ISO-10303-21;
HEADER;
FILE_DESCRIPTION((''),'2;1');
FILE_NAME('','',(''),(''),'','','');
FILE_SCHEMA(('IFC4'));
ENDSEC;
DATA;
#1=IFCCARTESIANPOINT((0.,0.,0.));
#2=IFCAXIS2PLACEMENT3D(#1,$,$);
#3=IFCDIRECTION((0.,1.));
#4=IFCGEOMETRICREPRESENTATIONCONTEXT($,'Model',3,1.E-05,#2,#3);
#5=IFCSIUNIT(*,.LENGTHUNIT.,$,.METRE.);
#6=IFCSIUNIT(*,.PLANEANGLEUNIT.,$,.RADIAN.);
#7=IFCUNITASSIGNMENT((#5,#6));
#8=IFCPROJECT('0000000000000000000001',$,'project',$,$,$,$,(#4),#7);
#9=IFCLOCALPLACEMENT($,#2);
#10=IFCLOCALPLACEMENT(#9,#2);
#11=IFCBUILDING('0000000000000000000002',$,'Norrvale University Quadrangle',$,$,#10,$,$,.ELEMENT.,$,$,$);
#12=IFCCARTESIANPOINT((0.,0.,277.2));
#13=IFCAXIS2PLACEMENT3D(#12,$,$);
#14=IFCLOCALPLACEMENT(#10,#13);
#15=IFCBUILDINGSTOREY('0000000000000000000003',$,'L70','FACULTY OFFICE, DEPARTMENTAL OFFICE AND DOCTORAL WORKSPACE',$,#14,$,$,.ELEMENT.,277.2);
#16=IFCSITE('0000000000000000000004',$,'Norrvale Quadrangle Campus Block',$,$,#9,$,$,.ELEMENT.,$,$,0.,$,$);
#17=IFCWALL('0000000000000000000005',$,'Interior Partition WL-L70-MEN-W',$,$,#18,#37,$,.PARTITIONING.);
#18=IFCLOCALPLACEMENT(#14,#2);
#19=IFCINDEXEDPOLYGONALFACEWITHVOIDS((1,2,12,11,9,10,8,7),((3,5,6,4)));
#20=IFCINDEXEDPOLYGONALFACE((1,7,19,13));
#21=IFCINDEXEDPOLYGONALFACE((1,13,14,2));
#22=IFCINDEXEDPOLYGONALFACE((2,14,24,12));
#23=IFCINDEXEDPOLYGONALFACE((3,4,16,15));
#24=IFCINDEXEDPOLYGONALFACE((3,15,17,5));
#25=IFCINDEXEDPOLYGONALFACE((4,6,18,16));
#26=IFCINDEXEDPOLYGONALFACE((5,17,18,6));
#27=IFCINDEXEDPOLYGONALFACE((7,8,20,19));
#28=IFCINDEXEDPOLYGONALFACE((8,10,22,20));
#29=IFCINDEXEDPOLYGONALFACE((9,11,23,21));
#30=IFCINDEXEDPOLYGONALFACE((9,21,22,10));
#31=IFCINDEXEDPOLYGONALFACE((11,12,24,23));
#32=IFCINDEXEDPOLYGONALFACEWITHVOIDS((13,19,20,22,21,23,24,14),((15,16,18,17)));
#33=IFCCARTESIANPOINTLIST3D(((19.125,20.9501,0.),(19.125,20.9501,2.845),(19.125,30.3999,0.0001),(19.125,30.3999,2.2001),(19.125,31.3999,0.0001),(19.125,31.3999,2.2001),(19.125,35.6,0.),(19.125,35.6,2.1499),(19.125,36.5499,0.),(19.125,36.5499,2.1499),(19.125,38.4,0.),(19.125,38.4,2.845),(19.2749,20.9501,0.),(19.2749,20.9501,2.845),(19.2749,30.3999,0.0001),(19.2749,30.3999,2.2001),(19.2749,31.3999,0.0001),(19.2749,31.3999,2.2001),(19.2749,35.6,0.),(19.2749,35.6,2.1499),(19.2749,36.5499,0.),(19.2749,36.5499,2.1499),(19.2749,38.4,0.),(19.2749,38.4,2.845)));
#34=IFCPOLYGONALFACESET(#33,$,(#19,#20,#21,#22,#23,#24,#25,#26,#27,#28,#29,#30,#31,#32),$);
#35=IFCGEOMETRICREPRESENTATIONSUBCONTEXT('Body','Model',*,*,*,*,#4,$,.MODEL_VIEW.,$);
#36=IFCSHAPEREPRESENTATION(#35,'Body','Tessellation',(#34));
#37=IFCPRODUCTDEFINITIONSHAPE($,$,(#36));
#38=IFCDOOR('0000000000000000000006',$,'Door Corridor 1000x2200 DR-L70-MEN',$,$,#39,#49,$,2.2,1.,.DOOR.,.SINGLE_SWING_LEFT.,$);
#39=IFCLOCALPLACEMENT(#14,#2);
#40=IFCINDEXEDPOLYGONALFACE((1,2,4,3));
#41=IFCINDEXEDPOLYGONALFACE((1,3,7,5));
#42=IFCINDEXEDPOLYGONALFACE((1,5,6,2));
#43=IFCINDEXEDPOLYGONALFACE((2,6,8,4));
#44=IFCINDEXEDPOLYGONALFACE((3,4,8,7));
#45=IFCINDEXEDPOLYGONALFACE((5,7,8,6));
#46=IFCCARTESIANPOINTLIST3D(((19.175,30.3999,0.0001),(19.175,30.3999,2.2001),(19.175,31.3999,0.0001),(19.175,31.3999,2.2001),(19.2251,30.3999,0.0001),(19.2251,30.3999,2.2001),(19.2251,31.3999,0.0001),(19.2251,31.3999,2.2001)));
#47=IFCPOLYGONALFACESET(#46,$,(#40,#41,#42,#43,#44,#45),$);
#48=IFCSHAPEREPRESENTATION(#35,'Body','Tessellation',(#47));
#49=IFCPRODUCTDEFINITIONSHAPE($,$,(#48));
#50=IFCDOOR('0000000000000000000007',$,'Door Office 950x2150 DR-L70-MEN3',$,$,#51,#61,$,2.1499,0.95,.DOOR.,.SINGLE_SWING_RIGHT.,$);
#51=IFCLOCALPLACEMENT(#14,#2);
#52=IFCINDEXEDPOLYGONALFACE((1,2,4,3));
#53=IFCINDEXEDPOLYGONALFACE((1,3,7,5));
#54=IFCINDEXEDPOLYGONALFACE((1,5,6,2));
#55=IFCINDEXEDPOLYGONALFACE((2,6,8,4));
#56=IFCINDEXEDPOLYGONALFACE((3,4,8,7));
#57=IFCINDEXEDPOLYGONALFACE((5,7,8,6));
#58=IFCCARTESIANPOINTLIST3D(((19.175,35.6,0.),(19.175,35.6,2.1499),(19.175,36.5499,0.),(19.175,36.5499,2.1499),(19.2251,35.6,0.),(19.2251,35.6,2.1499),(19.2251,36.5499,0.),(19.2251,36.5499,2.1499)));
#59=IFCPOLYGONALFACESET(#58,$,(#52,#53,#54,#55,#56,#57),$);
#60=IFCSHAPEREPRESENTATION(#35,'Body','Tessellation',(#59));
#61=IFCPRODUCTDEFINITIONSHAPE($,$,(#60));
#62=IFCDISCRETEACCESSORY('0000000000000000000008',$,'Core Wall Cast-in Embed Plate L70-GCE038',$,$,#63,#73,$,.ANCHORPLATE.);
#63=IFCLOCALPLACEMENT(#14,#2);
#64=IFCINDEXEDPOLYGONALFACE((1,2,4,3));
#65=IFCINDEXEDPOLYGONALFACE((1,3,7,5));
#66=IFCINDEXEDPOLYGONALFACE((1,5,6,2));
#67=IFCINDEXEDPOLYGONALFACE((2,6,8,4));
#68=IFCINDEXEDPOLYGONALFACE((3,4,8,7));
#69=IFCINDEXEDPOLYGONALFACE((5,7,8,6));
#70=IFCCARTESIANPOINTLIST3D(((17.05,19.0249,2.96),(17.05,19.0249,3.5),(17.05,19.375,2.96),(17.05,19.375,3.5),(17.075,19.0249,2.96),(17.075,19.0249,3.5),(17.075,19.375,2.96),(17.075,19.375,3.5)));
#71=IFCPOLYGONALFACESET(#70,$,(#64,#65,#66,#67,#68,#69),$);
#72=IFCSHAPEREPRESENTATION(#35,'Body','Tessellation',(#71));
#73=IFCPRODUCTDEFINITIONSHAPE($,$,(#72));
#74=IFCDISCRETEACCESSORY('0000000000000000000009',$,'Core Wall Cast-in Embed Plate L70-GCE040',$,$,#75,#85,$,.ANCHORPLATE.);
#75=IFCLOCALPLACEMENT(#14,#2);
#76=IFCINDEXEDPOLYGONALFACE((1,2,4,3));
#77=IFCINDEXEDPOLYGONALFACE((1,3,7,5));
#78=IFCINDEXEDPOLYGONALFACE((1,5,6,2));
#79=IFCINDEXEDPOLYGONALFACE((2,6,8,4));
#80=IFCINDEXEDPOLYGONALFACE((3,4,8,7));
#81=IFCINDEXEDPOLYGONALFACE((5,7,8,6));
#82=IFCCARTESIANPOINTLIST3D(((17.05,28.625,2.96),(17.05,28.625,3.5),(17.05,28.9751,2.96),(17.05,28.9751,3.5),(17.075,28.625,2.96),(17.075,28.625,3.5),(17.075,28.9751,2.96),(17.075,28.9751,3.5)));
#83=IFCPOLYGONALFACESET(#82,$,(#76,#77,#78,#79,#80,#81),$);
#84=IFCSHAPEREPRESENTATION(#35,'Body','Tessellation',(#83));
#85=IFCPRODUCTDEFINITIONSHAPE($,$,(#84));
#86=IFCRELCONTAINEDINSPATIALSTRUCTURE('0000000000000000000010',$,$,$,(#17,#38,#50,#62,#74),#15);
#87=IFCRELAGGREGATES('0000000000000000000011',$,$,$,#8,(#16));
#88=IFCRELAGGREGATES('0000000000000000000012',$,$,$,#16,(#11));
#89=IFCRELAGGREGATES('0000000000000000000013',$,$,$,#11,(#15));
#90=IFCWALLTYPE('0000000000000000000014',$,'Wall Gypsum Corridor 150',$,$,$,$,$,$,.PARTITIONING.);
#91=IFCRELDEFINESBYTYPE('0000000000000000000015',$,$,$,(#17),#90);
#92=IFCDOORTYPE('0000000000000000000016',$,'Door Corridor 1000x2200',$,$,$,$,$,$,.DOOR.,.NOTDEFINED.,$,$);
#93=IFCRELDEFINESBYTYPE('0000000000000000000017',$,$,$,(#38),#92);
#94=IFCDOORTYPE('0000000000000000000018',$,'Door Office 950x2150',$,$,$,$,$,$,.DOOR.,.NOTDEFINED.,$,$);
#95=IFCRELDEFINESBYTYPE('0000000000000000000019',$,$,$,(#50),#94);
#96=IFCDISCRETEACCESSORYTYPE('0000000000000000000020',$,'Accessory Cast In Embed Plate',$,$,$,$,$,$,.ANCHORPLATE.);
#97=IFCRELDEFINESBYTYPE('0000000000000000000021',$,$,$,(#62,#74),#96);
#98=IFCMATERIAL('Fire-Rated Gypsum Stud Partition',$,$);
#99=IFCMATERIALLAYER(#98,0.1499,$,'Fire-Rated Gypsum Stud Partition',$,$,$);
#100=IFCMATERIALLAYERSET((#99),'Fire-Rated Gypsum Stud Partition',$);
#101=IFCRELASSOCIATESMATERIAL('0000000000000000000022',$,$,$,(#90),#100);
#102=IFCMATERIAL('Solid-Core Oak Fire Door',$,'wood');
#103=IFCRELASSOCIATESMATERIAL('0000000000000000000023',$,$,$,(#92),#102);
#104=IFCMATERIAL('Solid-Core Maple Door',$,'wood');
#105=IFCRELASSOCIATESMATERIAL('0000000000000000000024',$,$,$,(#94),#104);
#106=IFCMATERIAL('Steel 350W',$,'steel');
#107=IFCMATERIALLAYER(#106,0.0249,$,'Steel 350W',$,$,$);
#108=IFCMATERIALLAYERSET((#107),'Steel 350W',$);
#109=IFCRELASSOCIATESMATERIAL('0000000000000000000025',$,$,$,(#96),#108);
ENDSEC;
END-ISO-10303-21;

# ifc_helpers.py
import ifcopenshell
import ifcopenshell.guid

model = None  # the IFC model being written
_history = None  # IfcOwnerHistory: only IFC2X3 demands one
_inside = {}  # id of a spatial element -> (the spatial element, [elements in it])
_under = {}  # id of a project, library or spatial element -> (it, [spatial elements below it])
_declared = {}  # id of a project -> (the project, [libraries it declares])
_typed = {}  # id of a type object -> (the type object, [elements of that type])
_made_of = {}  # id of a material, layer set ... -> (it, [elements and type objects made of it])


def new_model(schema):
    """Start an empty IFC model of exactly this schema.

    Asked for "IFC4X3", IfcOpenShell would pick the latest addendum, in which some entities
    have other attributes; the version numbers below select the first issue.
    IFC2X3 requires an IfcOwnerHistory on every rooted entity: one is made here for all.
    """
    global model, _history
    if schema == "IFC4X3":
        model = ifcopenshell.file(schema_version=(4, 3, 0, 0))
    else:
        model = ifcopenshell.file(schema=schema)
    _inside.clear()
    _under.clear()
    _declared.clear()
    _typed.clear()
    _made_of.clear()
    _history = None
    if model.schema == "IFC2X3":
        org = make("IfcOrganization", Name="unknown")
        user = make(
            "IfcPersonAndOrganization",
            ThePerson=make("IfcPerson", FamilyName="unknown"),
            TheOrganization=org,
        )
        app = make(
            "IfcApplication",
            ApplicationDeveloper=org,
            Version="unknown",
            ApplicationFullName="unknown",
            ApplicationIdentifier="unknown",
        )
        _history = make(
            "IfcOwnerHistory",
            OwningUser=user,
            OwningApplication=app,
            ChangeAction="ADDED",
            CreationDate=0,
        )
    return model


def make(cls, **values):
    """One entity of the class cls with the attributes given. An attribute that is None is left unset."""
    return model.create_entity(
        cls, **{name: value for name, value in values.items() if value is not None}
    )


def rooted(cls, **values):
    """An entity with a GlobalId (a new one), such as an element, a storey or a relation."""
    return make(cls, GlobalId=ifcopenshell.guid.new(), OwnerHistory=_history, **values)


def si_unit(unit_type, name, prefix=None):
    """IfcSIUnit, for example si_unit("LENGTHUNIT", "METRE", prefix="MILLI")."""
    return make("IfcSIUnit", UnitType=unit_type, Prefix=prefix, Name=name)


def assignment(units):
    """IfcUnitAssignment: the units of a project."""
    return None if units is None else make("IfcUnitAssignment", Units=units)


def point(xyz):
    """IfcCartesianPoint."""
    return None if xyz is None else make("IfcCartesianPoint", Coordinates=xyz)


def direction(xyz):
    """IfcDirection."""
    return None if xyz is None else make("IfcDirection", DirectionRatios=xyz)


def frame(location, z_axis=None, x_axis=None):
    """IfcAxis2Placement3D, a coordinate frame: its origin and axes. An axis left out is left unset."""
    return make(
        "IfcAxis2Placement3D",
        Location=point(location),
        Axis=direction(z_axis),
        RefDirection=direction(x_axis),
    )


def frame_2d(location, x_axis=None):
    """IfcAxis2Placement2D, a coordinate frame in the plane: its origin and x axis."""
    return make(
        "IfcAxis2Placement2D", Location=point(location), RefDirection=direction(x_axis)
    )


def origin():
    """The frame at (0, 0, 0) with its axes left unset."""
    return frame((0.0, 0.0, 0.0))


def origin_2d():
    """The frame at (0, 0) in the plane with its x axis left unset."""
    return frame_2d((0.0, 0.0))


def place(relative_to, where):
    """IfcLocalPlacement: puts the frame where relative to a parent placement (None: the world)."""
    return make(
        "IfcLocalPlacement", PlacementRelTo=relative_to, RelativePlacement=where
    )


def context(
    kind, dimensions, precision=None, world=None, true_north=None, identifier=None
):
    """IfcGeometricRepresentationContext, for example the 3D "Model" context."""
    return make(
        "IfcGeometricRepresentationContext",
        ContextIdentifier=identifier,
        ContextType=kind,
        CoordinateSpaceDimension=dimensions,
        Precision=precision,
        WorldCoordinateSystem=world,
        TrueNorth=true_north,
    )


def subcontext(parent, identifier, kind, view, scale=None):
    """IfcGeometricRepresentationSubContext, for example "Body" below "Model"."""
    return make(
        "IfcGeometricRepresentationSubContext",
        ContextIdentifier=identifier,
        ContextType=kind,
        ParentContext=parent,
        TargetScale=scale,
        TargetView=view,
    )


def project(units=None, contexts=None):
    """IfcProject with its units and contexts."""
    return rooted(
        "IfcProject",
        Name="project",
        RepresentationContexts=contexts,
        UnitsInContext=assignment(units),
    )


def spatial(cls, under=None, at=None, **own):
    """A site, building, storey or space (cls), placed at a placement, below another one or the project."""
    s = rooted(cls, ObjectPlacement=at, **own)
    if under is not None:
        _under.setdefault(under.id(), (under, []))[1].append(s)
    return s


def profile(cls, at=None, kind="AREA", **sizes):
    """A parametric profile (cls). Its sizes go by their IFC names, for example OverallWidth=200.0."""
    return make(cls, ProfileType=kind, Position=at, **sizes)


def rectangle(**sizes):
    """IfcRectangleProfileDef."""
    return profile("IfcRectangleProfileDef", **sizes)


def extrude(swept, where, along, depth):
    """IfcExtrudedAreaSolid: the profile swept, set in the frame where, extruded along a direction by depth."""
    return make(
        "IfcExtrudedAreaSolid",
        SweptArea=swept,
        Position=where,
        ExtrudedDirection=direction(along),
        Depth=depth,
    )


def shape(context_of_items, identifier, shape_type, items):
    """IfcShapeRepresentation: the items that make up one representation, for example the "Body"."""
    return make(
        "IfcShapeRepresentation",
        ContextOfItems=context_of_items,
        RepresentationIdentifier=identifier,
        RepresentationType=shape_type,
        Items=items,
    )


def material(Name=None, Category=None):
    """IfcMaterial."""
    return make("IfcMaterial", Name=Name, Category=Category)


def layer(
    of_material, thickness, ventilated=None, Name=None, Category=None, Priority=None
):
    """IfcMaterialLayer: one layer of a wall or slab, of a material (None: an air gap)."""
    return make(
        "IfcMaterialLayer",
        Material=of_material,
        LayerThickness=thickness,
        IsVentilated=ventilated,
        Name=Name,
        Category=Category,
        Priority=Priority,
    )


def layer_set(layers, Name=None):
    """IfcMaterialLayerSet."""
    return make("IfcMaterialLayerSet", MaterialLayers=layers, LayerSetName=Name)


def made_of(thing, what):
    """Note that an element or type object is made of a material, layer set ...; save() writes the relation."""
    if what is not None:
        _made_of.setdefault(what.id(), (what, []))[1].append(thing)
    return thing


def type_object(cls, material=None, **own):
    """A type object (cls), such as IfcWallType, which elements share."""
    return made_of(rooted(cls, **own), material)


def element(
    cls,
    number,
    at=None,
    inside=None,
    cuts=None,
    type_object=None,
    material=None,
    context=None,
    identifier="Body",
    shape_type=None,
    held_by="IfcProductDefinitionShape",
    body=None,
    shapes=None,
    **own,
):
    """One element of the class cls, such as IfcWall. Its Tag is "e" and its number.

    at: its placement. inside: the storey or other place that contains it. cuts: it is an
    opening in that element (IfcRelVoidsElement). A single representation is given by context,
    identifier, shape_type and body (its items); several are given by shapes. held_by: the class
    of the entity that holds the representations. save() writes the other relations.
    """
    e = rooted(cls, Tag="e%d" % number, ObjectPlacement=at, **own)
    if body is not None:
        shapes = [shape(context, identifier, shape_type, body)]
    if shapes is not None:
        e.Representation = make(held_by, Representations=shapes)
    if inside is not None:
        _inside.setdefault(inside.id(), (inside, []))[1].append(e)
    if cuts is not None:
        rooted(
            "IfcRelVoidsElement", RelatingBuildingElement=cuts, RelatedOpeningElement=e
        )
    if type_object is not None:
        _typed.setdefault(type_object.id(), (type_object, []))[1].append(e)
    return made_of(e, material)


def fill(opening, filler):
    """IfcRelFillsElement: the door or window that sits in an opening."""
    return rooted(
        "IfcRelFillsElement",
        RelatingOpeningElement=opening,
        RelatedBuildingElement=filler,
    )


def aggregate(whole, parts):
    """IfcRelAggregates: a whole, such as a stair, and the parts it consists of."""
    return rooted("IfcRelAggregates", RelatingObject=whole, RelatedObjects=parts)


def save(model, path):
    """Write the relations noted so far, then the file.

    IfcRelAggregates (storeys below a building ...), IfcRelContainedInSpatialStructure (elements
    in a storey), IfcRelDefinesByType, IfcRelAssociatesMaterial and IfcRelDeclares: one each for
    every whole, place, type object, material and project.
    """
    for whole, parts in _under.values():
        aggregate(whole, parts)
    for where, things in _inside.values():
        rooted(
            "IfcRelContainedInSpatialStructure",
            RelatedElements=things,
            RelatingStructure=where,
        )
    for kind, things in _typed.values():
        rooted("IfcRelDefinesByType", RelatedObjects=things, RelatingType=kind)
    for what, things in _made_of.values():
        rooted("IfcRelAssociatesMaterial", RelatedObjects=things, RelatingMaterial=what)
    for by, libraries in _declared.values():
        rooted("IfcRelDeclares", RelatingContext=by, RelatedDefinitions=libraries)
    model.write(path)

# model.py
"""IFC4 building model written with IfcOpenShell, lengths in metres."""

from ifc_helpers import new_model, si_unit, direction, frame, frame_2d, origin, origin_2d, place, context, subcontext, project, spatial, rectangle, extrude, material, layer, layer_set, type_object, element, fill, save


model = new_model("IFC4")

# Units and contexts
model_context = context("Model", 3, precision=1e-05, world=origin(), true_north=direction((0.0, 1.0)))
body_context = subcontext(model_context, "Body", "Model", "MODEL_VIEW")
ifc_project = project(units=[si_unit("LENGTHUNIT", "METRE"), si_unit("PLANEANGLEUNIT", "RADIAN")], contexts=[model_context])

# Site, building, storey
site_placement = place(None, origin())
site = spatial("IfcSite", under=ifc_project, at=site_placement, Name="Norrvale Quadrangle Campus Block", CompositionType="ELEMENT", RefElevation=0.0)
building_placement = place(site_placement, origin())
building = spatial("IfcBuilding", under=site, at=building_placement, Name="Norrvale University Quadrangle", CompositionType="ELEMENT")
storey_placement = place(building_placement, frame((0.0, 0.0, 277.2)))
storey = spatial("IfcBuildingStorey", under=building, at=storey_placement, Name="L70", Description="FACULTY OFFICE, DEPARTMENTAL OFFICE AND DOCTORAL WORKSPACE", CompositionType="ELEMENT", Elevation=277.2)

# Shared definitions
ifc_material_1 = material(Name="Steel 350W", Category="steel")

# Shared definitions
ifc_material_2 = material(Name="Fire-Rated Gypsum Stud Partition")
ifc_layer_1 = layer(ifc_material_2, 0.1499, Name="Fire-Rated Gypsum Stud Partition")
ifc_layer_set_1 = layer_set([ifc_layer_1], Name="Fire-Rated Gypsum Stud Partition")
wall_type_1 = type_object("IfcWallType", Name="Wall Gypsum Corridor 150", PredefinedType="PARTITIONING", material=ifc_layer_set_1)

# Wall, openings, doors
wall_1_placement = place(storey_placement, frame((19.2, 20.95, 0.0), z_axis=(0.0, 0.0, 1.0), x_axis=(0.0, 1.0, 0.0)))
wall_1 = element("IfcWall", 1, at=wall_1_placement, inside=storey, type_object=wall_type_1, Name="Interior Partition WL-L70-MEN-W", PredefinedType="PARTITIONING", context=body_context, shape_type="SweptSolid", body=[
    extrude(rectangle(XDim=17.45, YDim=0.1499, at=frame_2d((8.7251, 0.0))), origin(), (0.0, 0.0, 1.0), 2.845),
])
opening_1_placement = place(wall_1_placement, frame((9.45, 0.0, 0.0)))
opening_1 = element("IfcOpeningElement", 2, at=opening_1_placement, cuts=wall_1, PredefinedType="OPENING", context=body_context, shape_type="SweptSolid", body=[
    extrude(rectangle(XDim=1.0, YDim=2.2, at=frame_2d((0.5, 1.1001))), frame((0.0, 0.0869, 0.0), z_axis=(0.0, -1.0, 0.0), x_axis=(1.0, 0.0, 0.0)), (0.0, 0.0, 1.0), 0.1738),
])
opening_2_placement = place(wall_1_placement, frame((14.6499, 0.0, 0.0)))
opening_2 = element("IfcOpeningElement", 3, at=opening_2_placement, cuts=wall_1, PredefinedType="OPENING", context=body_context, shape_type="SweptSolid", body=[
    extrude(rectangle(XDim=0.95, YDim=2.1499, at=frame_2d((0.4751, 1.075))), frame((0.0, 0.0869, 0.0), z_axis=(0.0, -1.0, 0.0), x_axis=(1.0, 0.0, 0.0)), (0.0, 0.0, 1.0), 0.1738),
])
ifc_material_3 = material(Name="Solid-Core Oak Fire Door", Category="wood")
door_type_1 = type_object("IfcDoorType", Name="Door Corridor 1000x2200", OperationType="NOTDEFINED", PredefinedType="DOOR", material=ifc_material_3)
door_1_placement = place(opening_1_placement, origin())
door_1 = element("IfcDoor", 4, at=door_1_placement, inside=storey, type_object=door_type_1, Name="Door Corridor 1000x2200 DR-L70-MEN", OperationType="SINGLE_SWING_LEFT", OverallHeight=2.2, OverallWidth=1.0, PredefinedType="DOOR", context=body_context, shape_type="SweptSolid", body=[
    extrude(rectangle(XDim=1.0, YDim=2.2, at=frame_2d((0.5, 1.1001))), frame((0.0, 0.0249, 0.0), z_axis=(0.0, -1.0, 0.0), x_axis=(1.0, 0.0, 0.0)), (0.0, 0.0, 1.0), 0.05),
])
fill(opening_1, door_1)
ifc_material_4 = material(Name="Solid-Core Maple Door", Category="wood")
door_type_2 = type_object("IfcDoorType", Name="Door Office 950x2150", OperationType="NOTDEFINED", PredefinedType="DOOR", material=ifc_material_4)
door_2_placement = place(opening_2_placement, origin())
door_2 = element("IfcDoor", 5, at=door_2_placement, inside=storey, type_object=door_type_2, Name="Door Office 950x2150 DR-L70-MEN3", OperationType="SINGLE_SWING_RIGHT", OverallHeight=2.1499, OverallWidth=0.95, PredefinedType="DOOR", context=body_context, shape_type="SweptSolid", body=[
    extrude(rectangle(XDim=0.95, YDim=2.1499, at=frame_2d((0.4751, 1.075))), frame((0.0, 0.0249, 0.0), z_axis=(0.0, -1.0, 0.0), x_axis=(1.0, 0.0, 0.0)), (0.0, 0.0, 1.0), 0.05),
])
fill(opening_2, door_2)

# Discrete accessories
ifc_layer_2 = layer(ifc_material_1, 0.0249, Name="Steel 350W")
ifc_layer_set_2 = layer_set([ifc_layer_2], Name="Steel 350W")
discrete_accessory_type = type_object("IfcDiscreteAccessoryType", Name="Accessory Cast In Embed Plate", PredefinedType="ANCHORPLATE", material=ifc_layer_set_2)
for number, where, z_axis, x_axis, name in (
    (6, (17.0625, 19.2, 2.96), (0.0, 0.0, 1.0), (1.0, 0.0, 0.0), "Core Wall Cast-in Embed Plate L70-GCE038"),
    (7, (17.0625, 28.8, 2.96), (0.0, 0.0, 1.0), (1.0, 0.0, 0.0), "Core Wall Cast-in Embed Plate L70-GCE040"),
):
    element("IfcDiscreteAccessory", number, at=place(storey_placement, frame(where, z_axis=z_axis, x_axis=x_axis)), inside=storey, type_object=discrete_accessory_type, Name=name, PredefinedType="ANCHORPLATE", context=body_context, shape_type="SweptSolid", body=[
        extrude(rectangle(XDim=0.0249, YDim=0.3501, at=origin_2d()), origin(), (0.0, 0.0, 1.0), 0.54),
    ])

save(model, "model.ifc")
